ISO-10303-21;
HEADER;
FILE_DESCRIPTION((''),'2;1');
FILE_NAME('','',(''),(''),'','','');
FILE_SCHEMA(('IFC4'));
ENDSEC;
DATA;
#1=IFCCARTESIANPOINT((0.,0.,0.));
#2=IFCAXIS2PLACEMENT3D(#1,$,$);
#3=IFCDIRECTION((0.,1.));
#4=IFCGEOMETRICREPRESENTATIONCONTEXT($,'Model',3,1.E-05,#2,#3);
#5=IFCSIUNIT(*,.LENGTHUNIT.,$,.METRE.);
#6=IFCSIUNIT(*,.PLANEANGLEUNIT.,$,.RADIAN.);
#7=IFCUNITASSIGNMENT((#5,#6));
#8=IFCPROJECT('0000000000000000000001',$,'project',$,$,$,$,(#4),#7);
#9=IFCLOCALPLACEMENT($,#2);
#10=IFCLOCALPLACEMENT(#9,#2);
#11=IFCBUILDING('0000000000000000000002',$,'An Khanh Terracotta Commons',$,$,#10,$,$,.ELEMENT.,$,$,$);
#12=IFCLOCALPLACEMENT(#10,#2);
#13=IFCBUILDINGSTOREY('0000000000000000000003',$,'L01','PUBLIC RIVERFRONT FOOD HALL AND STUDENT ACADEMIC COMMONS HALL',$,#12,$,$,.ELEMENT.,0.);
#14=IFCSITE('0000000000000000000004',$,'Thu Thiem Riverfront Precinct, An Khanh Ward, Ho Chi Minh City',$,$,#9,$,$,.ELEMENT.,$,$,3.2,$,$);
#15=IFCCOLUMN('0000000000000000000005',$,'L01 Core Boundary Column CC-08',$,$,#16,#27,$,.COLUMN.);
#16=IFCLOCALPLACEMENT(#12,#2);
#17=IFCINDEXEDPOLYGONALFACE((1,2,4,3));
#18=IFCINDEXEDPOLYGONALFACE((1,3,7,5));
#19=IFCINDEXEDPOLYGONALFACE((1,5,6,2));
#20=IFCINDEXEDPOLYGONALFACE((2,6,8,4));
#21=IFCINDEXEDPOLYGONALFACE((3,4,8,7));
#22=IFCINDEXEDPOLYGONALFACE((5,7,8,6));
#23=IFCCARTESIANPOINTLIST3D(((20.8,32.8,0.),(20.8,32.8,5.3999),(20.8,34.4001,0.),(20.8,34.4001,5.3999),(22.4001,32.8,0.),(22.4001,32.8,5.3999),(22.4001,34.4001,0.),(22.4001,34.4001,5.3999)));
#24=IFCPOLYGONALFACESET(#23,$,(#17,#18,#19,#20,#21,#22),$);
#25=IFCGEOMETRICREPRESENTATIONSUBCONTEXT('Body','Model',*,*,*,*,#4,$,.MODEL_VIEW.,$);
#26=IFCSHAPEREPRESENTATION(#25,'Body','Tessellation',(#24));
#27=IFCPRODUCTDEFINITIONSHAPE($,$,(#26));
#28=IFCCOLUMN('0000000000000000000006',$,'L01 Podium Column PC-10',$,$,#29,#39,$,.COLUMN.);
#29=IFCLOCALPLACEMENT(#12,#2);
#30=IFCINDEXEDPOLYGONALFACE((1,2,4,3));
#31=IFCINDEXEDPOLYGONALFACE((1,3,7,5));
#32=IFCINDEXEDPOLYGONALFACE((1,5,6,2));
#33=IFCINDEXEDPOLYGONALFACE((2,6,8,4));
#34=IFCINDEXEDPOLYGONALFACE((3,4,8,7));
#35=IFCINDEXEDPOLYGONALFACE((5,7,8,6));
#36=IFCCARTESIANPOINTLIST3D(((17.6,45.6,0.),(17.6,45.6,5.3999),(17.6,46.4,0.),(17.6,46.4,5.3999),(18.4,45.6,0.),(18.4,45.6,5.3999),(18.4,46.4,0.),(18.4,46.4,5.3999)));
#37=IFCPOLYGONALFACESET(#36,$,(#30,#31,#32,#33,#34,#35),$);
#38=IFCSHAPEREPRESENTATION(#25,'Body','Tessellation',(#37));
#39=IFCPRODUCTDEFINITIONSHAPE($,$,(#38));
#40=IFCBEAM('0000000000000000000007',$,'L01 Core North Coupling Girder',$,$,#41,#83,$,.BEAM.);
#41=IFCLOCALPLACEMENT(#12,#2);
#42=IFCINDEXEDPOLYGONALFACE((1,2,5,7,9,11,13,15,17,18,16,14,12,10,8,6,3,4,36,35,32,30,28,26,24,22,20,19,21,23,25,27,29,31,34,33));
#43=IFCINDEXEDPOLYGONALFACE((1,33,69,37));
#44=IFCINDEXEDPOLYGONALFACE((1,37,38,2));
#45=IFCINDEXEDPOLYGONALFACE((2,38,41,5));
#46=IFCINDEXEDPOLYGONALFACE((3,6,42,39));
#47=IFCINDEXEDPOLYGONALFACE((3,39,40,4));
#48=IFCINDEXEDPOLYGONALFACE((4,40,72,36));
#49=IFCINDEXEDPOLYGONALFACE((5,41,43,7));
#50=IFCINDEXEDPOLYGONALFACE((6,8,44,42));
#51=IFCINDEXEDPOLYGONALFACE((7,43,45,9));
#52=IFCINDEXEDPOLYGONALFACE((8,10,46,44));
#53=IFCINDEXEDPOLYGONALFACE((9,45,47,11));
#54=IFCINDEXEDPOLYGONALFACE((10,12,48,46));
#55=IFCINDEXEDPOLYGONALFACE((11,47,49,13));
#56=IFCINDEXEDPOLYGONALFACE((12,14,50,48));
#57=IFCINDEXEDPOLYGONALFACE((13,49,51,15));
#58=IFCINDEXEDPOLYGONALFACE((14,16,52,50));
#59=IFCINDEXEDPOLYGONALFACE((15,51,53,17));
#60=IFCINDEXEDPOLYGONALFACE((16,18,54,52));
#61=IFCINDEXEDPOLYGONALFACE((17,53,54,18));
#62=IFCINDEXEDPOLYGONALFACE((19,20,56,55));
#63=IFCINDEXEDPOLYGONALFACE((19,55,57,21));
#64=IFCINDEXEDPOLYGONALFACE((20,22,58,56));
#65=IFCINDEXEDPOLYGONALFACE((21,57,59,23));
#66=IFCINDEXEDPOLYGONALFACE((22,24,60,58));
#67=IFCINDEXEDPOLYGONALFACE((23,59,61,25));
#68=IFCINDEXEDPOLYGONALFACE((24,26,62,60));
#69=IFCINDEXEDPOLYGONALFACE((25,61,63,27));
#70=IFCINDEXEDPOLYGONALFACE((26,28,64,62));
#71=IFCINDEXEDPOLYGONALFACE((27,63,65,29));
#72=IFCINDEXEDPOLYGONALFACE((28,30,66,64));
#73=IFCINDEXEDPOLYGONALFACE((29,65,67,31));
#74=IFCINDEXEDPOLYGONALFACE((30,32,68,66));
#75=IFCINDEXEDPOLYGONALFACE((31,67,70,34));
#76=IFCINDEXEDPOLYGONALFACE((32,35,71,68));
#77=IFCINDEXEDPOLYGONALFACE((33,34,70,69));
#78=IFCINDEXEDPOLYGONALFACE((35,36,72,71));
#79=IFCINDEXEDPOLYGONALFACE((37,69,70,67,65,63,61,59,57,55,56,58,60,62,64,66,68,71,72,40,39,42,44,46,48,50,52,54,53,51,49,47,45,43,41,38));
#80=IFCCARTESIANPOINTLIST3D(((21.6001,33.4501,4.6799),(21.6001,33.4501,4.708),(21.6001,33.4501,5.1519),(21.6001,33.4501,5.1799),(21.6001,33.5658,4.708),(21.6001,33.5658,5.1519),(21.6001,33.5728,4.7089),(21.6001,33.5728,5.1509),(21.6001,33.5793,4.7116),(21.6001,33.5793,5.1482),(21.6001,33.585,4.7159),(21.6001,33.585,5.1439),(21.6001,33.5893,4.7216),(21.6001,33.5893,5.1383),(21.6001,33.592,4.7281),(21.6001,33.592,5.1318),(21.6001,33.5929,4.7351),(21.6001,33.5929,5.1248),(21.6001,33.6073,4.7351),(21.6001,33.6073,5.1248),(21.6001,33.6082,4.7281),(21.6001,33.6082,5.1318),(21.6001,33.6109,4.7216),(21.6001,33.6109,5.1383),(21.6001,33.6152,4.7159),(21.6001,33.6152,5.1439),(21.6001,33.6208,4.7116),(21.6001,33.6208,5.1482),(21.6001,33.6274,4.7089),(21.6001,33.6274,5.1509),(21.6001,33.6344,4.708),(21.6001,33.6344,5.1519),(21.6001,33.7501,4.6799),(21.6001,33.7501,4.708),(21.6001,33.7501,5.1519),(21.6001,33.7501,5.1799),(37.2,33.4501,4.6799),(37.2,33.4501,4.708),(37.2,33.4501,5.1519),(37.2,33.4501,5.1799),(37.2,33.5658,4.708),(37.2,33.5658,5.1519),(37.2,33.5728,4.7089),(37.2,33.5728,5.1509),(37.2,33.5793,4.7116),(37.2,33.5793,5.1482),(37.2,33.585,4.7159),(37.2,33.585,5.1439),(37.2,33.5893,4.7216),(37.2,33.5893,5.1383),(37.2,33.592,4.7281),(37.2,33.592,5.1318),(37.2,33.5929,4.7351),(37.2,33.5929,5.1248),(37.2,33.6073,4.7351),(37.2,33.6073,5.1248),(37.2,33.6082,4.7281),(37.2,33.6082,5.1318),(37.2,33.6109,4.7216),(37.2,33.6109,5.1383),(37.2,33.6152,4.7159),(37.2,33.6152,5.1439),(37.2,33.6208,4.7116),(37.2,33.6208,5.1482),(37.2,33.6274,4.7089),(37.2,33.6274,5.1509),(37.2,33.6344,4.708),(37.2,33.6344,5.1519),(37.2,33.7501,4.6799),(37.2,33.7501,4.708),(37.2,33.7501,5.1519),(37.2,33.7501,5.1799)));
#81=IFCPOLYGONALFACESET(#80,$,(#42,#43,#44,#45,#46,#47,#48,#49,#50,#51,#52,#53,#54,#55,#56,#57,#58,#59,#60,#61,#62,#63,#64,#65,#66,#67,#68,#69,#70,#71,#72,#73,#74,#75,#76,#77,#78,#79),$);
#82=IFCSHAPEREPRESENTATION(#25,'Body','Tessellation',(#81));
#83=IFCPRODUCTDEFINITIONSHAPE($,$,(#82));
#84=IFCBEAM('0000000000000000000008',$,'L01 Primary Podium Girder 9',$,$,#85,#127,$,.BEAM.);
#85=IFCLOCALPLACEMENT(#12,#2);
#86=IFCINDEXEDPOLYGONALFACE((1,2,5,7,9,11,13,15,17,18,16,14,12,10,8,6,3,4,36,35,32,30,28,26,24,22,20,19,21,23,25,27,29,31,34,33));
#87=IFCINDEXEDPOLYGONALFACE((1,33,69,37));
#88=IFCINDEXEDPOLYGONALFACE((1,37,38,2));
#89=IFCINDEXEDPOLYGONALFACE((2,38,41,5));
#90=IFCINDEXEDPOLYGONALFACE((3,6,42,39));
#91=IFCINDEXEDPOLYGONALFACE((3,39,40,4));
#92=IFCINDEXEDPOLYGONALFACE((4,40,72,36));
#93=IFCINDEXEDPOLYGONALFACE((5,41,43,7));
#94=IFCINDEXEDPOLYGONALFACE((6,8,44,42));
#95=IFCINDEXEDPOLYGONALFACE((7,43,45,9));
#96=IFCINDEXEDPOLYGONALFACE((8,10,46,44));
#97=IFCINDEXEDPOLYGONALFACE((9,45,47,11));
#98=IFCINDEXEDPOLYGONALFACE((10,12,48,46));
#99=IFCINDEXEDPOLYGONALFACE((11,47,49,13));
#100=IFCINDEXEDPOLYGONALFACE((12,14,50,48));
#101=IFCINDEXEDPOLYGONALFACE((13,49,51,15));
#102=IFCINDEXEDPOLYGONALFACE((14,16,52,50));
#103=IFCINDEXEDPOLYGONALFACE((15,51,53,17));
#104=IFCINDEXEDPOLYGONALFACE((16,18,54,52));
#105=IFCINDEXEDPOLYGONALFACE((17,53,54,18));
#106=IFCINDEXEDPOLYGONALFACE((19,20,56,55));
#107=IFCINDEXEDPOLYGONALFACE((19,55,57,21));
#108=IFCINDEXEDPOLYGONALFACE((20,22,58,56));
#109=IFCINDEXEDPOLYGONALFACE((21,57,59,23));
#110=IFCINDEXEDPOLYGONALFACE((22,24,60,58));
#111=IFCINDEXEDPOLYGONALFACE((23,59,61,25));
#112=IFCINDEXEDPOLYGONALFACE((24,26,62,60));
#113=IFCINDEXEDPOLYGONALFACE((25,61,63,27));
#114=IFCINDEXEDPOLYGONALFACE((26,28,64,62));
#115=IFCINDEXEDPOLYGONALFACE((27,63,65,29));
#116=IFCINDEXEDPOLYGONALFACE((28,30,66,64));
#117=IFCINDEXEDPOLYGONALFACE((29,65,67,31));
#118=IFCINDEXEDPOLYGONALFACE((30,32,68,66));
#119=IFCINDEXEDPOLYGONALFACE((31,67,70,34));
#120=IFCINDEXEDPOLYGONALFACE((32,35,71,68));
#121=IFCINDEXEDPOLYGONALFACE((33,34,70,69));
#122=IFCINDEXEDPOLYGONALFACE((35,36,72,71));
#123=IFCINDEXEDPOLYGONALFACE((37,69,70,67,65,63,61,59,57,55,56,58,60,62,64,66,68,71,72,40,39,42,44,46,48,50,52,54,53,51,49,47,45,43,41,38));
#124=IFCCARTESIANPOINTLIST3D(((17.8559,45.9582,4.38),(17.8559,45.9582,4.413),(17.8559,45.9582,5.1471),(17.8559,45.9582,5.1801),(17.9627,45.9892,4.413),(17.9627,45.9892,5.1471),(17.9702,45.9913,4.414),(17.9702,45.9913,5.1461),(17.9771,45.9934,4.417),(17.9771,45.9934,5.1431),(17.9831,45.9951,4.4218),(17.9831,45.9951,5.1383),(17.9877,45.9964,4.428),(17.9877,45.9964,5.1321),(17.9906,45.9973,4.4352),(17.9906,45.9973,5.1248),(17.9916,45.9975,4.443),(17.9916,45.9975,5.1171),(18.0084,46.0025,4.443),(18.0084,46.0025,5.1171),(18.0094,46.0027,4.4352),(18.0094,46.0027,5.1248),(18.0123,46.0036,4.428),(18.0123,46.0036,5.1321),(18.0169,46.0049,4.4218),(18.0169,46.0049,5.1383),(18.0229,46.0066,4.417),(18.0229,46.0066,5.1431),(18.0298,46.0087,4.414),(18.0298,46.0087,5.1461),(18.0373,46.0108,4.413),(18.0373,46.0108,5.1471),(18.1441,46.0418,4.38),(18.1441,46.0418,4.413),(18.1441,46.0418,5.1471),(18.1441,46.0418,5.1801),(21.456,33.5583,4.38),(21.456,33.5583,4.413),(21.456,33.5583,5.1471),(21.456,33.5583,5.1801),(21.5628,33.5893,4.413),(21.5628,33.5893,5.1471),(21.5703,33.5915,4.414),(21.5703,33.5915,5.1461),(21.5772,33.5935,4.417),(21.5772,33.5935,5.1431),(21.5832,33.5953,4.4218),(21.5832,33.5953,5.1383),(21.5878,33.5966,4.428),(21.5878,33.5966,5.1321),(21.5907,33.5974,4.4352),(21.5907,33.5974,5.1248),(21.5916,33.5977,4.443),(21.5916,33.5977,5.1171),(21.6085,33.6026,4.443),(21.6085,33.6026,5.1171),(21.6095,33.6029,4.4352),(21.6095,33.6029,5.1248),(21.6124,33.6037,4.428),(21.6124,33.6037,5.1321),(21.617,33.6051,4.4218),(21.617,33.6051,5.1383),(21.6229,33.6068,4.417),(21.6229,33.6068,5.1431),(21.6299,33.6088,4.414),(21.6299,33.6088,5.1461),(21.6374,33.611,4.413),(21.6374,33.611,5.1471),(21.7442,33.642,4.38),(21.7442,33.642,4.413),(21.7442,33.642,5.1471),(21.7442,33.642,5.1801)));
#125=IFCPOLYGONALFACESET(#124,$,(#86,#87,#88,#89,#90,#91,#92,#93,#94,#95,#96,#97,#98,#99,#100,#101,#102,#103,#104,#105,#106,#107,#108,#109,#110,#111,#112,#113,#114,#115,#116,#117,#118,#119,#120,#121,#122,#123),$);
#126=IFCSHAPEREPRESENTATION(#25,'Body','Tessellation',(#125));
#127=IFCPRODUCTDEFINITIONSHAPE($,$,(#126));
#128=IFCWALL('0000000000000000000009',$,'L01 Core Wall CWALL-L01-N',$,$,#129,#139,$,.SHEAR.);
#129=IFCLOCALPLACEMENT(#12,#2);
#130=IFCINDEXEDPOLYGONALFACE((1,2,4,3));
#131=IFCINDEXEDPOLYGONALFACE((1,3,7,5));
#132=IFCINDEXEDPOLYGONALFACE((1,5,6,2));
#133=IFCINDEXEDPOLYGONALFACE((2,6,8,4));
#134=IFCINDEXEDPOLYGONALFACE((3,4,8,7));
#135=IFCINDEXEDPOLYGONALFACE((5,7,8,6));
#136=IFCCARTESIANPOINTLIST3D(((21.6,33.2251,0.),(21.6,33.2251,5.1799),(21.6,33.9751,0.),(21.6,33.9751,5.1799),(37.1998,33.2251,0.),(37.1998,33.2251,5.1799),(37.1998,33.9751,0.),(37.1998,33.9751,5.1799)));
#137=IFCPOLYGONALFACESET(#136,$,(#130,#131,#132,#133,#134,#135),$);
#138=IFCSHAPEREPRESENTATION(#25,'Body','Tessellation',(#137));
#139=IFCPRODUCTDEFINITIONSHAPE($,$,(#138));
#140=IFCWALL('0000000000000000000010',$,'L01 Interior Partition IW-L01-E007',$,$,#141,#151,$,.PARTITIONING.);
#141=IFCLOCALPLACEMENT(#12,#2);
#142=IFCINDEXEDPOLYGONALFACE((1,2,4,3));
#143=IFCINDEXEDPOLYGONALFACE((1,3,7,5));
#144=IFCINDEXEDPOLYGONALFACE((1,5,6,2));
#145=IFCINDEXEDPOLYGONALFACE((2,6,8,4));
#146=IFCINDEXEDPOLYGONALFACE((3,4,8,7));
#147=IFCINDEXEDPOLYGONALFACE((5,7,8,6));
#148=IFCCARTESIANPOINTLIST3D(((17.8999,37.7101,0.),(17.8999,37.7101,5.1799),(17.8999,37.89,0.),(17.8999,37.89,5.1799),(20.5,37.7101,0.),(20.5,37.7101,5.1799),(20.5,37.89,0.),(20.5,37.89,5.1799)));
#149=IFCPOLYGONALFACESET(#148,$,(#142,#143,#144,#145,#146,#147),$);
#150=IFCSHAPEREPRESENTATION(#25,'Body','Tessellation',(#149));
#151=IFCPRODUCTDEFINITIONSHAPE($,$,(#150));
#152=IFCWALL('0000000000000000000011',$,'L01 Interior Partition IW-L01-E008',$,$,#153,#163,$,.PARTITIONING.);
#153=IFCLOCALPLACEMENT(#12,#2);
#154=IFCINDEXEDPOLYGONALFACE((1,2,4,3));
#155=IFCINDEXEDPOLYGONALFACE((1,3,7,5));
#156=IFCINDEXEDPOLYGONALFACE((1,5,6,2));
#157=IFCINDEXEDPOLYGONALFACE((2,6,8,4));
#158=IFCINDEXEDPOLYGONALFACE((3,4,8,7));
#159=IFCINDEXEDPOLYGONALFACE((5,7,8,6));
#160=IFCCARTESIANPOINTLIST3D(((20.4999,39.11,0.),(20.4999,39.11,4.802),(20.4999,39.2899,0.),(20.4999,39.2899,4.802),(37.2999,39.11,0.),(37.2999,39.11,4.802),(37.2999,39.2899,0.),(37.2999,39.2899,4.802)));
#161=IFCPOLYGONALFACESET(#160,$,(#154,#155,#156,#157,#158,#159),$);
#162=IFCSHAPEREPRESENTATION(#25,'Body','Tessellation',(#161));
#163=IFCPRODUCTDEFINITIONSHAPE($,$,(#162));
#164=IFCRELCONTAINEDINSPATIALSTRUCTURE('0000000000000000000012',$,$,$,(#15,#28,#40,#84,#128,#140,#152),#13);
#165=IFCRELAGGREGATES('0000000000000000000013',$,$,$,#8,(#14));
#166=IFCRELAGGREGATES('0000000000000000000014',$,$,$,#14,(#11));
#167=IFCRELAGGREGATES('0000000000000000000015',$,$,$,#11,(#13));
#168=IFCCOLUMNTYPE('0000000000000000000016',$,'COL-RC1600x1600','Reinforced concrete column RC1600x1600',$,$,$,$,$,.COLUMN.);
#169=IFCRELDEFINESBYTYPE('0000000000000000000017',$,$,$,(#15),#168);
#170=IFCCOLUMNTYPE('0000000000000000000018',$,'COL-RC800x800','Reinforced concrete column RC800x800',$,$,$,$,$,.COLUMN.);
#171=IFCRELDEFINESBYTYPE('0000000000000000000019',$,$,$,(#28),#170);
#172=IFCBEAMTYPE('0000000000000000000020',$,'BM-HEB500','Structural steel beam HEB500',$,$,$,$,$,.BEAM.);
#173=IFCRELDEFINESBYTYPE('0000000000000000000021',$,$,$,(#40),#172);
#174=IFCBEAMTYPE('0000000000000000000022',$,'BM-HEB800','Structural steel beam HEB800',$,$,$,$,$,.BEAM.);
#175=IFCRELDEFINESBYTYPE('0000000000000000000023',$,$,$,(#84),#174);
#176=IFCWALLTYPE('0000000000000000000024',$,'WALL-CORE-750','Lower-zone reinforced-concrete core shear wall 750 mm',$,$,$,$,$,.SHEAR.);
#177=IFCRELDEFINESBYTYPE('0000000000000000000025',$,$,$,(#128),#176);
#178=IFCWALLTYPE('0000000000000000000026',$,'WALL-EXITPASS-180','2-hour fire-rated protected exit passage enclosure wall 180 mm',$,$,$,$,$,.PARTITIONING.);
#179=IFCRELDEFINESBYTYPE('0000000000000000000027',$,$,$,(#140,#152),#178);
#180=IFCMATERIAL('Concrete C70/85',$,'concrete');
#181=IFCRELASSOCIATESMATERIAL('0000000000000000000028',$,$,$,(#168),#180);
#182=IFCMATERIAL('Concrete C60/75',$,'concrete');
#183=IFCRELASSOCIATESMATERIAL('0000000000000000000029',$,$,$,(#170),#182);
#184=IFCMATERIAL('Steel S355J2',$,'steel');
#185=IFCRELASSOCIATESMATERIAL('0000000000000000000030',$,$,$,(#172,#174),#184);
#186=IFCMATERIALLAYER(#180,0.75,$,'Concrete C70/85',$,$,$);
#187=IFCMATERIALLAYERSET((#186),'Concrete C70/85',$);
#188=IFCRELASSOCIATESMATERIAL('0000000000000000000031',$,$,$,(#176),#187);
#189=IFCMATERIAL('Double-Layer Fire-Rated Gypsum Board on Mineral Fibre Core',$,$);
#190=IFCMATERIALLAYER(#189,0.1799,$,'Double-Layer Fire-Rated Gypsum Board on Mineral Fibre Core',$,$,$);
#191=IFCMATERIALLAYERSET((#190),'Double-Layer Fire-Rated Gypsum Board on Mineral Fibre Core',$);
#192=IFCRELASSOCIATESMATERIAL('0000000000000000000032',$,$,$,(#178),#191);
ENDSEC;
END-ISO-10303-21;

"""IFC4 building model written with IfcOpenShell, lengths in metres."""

from ifc_helpers import new_model, si_unit, direction, frame, frame_2d, origin, origin_2d, place, context, subcontext, project, spatial, rectangle, i_section, extrude, material, layer, layer_set, material_profile, profile_set, type_object, element, save


model = new_model("IFC4")

# Units and contexts
model_context = context("Model", 3, precision=1e-05, world=origin(), true_north=direction((0.0, 1.0)))
body_context = subcontext(model_context, "Body", "Model", "MODEL_VIEW")
ifc_project = project(units=[si_unit("LENGTHUNIT", "METRE"), si_unit("PLANEANGLEUNIT", "RADIAN")], contexts=[model_context])

# Site, building, storey
site_placement = place(None, origin())
site = spatial("IfcSite", under=ifc_project, at=site_placement, Name="Thu Thiem Riverfront Precinct, An Khanh Ward, Ho Chi Minh City", CompositionType="ELEMENT", RefElevation=3.2)
building_placement = place(site_placement, origin())
building = spatial("IfcBuilding", under=site, at=building_placement, Name="An Khanh Terracotta Commons", CompositionType="ELEMENT")
storey_placement = place(building_placement, origin())
storey = spatial("IfcBuildingStorey", under=building, at=storey_placement, Name="L01", Description="PUBLIC RIVERFRONT FOOD HALL AND STUDENT ACADEMIC COMMONS HALL", CompositionType="ELEMENT", Elevation=0.0)

# Columns
ifc_material_1 = material(Name="Concrete C70/85", Category="concrete")
ifc_material_profile_1 = material_profile(ifc_material_1, rectangle(XDim=1.6001, YDim=1.6001, at=origin_2d()), Name="RC1600x1600")
ifc_profile_set_1 = profile_set([ifc_material_profile_1], Name="Concrete C70/85")
column_type_1 = type_object("IfcColumnType", Name="COL-RC1600x1600", Description="Reinforced concrete column RC1600x1600", PredefinedType="COLUMN", material=ifc_profile_set_1)
column_1_placement = place(storey_placement, frame((21.6001, 33.6001, 0.0), z_axis=(0.0, 0.0, 1.0), x_axis=(1.0, 0.0, 0.0)))
element("IfcColumn", 1, at=column_1_placement, inside=storey, type_object=column_type_1, Name="L01 Core Boundary Column CC-08", PredefinedType="COLUMN", context=body_context, shape_type="SweptSolid", body=[
    extrude(rectangle(XDim=1.6001, YDim=1.6001, at=origin_2d()), origin(), (0.0, 0.0, 1.0), 5.3999),
])
ifc_material_2 = material(Name="Concrete C60/75", Category="concrete")
ifc_material_profile_2 = material_profile(ifc_material_2, rectangle(XDim=0.8, YDim=0.8, at=origin_2d()), Name="RC800x800")
ifc_profile_set_2 = profile_set([ifc_material_profile_2], Name="Concrete C60/75")
column_type_2 = type_object("IfcColumnType", Name="COL-RC800x800", Description="Reinforced concrete column RC800x800", PredefinedType="COLUMN", material=ifc_profile_set_2)
column_2_placement = place(storey_placement, frame((18.0, 46.0, 0.0), z_axis=(0.0, 0.0, 1.0), x_axis=(1.0, 0.0, 0.0)))
element("IfcColumn", 2, at=column_2_placement, inside=storey, type_object=column_type_2, Name="L01 Podium Column PC-10", PredefinedType="COLUMN", context=body_context, shape_type="SweptSolid", body=[
    extrude(rectangle(XDim=0.8, YDim=0.8, at=origin_2d()), origin(), (0.0, 0.0, 1.0), 5.3999),
])

# Beams
ifc_material_3 = material(Name="Steel S355J2", Category="steel")
ifc_material_profile_3 = material_profile(ifc_material_3, i_section(OverallWidth=0.3, OverallDepth=0.5, WebThickness=0.0144, FlangeThickness=0.0281, FilletRadius=0.0271, at=origin_2d()), Name="HEB500")
ifc_profile_set_3 = profile_set([ifc_material_profile_3], Name="Steel S355J2")
beam_type_1 = type_object("IfcBeamType", Name="BM-HEB500", Description="Structural steel beam HEB500", PredefinedType="BEAM", material=ifc_profile_set_3)
beam_1_placement = place(storey_placement, frame((21.6001, 33.6001, 4.9299), z_axis=(1.0, 0.0, 0.0), x_axis=(0.0, 1.0, 0.0)))
element("IfcBeam", 3, at=beam_1_placement, inside=storey, type_object=beam_type_1, Name="L01 Core North Coupling Girder", PredefinedType="BEAM", context=body_context, shape_type="SweptSolid", body=[
    extrude(i_section(OverallWidth=0.3, OverallDepth=0.5, WebThickness=0.0144, FlangeThickness=0.0281, FilletRadius=0.0271, at=origin_2d()), origin(), (0.0, 0.0, 1.0), 15.5999),
])
ifc_material_profile_4 = material_profile(ifc_material_3, i_section(OverallWidth=0.3, OverallDepth=0.8, WebThickness=0.0176, FlangeThickness=0.033, FilletRadius=0.03, at=origin_2d()), Name="HEB800")
ifc_profile_set_4 = profile_set([ifc_material_profile_4], Name="Steel S355J2")
beam_type_2 = type_object("IfcBeamType", Name="BM-HEB800", Description="Structural steel beam HEB800", PredefinedType="BEAM", material=ifc_profile_set_4)
beam_2_placement = place(storey_placement, frame((18.0, 46.0, 4.78), z_axis=(0.278819, -0.960344, 0.0), x_axis=(0.960344, 0.278819, 0.0)))
element("IfcBeam", 4, at=beam_2_placement, inside=storey, type_object=beam_type_2, Name="L01 Primary Podium Girder 9", PredefinedType="BEAM", context=body_context, shape_type="SweptSolid", body=[
    extrude(i_section(OverallWidth=0.3, OverallDepth=0.8, WebThickness=0.0176, FlangeThickness=0.033, FilletRadius=0.03, at=origin_2d()), origin(), (0.0, 0.0, 1.0), 12.9119),
])

# Walls
ifc_layer_1 = layer(ifc_material_1, 0.75, Name="Concrete C70/85")
ifc_layer_set_1 = layer_set([ifc_layer_1], Name="Concrete C70/85")
wall_type_1 = type_object("IfcWallType", Name="WALL-CORE-750", Description="Lower-zone reinforced-concrete core shear wall 750 mm", PredefinedType="SHEAR", material=ifc_layer_set_1)
wall_1_placement = place(storey_placement, frame((21.6001, 33.6001, 0.0), z_axis=(0.0, 0.0, 1.0), x_axis=(1.0, 0.0, 0.0)))
element("IfcWall", 5, at=wall_1_placement, inside=storey, type_object=wall_type_1, Name="L01 Core Wall CWALL-L01-N", PredefinedType="SHEAR", context=body_context, shape_type="SweptSolid", body=[
    extrude(rectangle(XDim=15.5999, YDim=0.75, at=frame_2d((7.7998, 0.0))), origin(), (0.0, 0.0, 1.0), 5.1799),
])
ifc_material_4 = material(Name="Double-Layer Fire-Rated Gypsum Board on Mineral Fibre Core")
ifc_layer_2 = layer(ifc_material_4, 0.1799, Name="Double-Layer Fire-Rated Gypsum Board on Mineral Fibre Core")
ifc_layer_set_2 = layer_set([ifc_layer_2], Name="Double-Layer Fire-Rated Gypsum Board on Mineral Fibre Core")
wall_type_2 = type_object("IfcWallType", Name="WALL-EXITPASS-180", Description="2-hour fire-rated protected exit passage enclosure wall 180 mm", PredefinedType="PARTITIONING", material=ifc_layer_set_2)
wall_2_placement = place(storey_placement, frame((17.8999, 37.8, 0.0), z_axis=(0.0, 0.0, 1.0), x_axis=(1.0, 0.0, 0.0)))
element("IfcWall", 6, at=wall_2_placement, inside=storey, type_object=wall_type_2, Name="L01 Interior Partition IW-L01-E007", PredefinedType="PARTITIONING", context=body_context, shape_type="SweptSolid", body=[
    extrude(rectangle(XDim=2.6001, YDim=0.1799, at=frame_2d((1.3, 0.0))), origin(), (0.0, 0.0, 1.0), 5.1799),
])
wall_3_placement = place(storey_placement, frame((20.5, 39.2, 0.0), z_axis=(0.0, 0.0, 1.0), x_axis=(1.0, 0.0, 0.0)))
element("IfcWall", 7, at=wall_3_placement, inside=storey, type_object=wall_type_2, Name="L01 Interior Partition IW-L01-E008", PredefinedType="PARTITIONING", context=body_context, shape_type="SweptSolid", body=[
    extrude(rectangle(XDim=16.8, YDim=0.1799, at=frame_2d((8.3999, 0.0))), origin(), (0.0, 0.0, 1.0), 4.802),
])

save(model, "model.ifc")
